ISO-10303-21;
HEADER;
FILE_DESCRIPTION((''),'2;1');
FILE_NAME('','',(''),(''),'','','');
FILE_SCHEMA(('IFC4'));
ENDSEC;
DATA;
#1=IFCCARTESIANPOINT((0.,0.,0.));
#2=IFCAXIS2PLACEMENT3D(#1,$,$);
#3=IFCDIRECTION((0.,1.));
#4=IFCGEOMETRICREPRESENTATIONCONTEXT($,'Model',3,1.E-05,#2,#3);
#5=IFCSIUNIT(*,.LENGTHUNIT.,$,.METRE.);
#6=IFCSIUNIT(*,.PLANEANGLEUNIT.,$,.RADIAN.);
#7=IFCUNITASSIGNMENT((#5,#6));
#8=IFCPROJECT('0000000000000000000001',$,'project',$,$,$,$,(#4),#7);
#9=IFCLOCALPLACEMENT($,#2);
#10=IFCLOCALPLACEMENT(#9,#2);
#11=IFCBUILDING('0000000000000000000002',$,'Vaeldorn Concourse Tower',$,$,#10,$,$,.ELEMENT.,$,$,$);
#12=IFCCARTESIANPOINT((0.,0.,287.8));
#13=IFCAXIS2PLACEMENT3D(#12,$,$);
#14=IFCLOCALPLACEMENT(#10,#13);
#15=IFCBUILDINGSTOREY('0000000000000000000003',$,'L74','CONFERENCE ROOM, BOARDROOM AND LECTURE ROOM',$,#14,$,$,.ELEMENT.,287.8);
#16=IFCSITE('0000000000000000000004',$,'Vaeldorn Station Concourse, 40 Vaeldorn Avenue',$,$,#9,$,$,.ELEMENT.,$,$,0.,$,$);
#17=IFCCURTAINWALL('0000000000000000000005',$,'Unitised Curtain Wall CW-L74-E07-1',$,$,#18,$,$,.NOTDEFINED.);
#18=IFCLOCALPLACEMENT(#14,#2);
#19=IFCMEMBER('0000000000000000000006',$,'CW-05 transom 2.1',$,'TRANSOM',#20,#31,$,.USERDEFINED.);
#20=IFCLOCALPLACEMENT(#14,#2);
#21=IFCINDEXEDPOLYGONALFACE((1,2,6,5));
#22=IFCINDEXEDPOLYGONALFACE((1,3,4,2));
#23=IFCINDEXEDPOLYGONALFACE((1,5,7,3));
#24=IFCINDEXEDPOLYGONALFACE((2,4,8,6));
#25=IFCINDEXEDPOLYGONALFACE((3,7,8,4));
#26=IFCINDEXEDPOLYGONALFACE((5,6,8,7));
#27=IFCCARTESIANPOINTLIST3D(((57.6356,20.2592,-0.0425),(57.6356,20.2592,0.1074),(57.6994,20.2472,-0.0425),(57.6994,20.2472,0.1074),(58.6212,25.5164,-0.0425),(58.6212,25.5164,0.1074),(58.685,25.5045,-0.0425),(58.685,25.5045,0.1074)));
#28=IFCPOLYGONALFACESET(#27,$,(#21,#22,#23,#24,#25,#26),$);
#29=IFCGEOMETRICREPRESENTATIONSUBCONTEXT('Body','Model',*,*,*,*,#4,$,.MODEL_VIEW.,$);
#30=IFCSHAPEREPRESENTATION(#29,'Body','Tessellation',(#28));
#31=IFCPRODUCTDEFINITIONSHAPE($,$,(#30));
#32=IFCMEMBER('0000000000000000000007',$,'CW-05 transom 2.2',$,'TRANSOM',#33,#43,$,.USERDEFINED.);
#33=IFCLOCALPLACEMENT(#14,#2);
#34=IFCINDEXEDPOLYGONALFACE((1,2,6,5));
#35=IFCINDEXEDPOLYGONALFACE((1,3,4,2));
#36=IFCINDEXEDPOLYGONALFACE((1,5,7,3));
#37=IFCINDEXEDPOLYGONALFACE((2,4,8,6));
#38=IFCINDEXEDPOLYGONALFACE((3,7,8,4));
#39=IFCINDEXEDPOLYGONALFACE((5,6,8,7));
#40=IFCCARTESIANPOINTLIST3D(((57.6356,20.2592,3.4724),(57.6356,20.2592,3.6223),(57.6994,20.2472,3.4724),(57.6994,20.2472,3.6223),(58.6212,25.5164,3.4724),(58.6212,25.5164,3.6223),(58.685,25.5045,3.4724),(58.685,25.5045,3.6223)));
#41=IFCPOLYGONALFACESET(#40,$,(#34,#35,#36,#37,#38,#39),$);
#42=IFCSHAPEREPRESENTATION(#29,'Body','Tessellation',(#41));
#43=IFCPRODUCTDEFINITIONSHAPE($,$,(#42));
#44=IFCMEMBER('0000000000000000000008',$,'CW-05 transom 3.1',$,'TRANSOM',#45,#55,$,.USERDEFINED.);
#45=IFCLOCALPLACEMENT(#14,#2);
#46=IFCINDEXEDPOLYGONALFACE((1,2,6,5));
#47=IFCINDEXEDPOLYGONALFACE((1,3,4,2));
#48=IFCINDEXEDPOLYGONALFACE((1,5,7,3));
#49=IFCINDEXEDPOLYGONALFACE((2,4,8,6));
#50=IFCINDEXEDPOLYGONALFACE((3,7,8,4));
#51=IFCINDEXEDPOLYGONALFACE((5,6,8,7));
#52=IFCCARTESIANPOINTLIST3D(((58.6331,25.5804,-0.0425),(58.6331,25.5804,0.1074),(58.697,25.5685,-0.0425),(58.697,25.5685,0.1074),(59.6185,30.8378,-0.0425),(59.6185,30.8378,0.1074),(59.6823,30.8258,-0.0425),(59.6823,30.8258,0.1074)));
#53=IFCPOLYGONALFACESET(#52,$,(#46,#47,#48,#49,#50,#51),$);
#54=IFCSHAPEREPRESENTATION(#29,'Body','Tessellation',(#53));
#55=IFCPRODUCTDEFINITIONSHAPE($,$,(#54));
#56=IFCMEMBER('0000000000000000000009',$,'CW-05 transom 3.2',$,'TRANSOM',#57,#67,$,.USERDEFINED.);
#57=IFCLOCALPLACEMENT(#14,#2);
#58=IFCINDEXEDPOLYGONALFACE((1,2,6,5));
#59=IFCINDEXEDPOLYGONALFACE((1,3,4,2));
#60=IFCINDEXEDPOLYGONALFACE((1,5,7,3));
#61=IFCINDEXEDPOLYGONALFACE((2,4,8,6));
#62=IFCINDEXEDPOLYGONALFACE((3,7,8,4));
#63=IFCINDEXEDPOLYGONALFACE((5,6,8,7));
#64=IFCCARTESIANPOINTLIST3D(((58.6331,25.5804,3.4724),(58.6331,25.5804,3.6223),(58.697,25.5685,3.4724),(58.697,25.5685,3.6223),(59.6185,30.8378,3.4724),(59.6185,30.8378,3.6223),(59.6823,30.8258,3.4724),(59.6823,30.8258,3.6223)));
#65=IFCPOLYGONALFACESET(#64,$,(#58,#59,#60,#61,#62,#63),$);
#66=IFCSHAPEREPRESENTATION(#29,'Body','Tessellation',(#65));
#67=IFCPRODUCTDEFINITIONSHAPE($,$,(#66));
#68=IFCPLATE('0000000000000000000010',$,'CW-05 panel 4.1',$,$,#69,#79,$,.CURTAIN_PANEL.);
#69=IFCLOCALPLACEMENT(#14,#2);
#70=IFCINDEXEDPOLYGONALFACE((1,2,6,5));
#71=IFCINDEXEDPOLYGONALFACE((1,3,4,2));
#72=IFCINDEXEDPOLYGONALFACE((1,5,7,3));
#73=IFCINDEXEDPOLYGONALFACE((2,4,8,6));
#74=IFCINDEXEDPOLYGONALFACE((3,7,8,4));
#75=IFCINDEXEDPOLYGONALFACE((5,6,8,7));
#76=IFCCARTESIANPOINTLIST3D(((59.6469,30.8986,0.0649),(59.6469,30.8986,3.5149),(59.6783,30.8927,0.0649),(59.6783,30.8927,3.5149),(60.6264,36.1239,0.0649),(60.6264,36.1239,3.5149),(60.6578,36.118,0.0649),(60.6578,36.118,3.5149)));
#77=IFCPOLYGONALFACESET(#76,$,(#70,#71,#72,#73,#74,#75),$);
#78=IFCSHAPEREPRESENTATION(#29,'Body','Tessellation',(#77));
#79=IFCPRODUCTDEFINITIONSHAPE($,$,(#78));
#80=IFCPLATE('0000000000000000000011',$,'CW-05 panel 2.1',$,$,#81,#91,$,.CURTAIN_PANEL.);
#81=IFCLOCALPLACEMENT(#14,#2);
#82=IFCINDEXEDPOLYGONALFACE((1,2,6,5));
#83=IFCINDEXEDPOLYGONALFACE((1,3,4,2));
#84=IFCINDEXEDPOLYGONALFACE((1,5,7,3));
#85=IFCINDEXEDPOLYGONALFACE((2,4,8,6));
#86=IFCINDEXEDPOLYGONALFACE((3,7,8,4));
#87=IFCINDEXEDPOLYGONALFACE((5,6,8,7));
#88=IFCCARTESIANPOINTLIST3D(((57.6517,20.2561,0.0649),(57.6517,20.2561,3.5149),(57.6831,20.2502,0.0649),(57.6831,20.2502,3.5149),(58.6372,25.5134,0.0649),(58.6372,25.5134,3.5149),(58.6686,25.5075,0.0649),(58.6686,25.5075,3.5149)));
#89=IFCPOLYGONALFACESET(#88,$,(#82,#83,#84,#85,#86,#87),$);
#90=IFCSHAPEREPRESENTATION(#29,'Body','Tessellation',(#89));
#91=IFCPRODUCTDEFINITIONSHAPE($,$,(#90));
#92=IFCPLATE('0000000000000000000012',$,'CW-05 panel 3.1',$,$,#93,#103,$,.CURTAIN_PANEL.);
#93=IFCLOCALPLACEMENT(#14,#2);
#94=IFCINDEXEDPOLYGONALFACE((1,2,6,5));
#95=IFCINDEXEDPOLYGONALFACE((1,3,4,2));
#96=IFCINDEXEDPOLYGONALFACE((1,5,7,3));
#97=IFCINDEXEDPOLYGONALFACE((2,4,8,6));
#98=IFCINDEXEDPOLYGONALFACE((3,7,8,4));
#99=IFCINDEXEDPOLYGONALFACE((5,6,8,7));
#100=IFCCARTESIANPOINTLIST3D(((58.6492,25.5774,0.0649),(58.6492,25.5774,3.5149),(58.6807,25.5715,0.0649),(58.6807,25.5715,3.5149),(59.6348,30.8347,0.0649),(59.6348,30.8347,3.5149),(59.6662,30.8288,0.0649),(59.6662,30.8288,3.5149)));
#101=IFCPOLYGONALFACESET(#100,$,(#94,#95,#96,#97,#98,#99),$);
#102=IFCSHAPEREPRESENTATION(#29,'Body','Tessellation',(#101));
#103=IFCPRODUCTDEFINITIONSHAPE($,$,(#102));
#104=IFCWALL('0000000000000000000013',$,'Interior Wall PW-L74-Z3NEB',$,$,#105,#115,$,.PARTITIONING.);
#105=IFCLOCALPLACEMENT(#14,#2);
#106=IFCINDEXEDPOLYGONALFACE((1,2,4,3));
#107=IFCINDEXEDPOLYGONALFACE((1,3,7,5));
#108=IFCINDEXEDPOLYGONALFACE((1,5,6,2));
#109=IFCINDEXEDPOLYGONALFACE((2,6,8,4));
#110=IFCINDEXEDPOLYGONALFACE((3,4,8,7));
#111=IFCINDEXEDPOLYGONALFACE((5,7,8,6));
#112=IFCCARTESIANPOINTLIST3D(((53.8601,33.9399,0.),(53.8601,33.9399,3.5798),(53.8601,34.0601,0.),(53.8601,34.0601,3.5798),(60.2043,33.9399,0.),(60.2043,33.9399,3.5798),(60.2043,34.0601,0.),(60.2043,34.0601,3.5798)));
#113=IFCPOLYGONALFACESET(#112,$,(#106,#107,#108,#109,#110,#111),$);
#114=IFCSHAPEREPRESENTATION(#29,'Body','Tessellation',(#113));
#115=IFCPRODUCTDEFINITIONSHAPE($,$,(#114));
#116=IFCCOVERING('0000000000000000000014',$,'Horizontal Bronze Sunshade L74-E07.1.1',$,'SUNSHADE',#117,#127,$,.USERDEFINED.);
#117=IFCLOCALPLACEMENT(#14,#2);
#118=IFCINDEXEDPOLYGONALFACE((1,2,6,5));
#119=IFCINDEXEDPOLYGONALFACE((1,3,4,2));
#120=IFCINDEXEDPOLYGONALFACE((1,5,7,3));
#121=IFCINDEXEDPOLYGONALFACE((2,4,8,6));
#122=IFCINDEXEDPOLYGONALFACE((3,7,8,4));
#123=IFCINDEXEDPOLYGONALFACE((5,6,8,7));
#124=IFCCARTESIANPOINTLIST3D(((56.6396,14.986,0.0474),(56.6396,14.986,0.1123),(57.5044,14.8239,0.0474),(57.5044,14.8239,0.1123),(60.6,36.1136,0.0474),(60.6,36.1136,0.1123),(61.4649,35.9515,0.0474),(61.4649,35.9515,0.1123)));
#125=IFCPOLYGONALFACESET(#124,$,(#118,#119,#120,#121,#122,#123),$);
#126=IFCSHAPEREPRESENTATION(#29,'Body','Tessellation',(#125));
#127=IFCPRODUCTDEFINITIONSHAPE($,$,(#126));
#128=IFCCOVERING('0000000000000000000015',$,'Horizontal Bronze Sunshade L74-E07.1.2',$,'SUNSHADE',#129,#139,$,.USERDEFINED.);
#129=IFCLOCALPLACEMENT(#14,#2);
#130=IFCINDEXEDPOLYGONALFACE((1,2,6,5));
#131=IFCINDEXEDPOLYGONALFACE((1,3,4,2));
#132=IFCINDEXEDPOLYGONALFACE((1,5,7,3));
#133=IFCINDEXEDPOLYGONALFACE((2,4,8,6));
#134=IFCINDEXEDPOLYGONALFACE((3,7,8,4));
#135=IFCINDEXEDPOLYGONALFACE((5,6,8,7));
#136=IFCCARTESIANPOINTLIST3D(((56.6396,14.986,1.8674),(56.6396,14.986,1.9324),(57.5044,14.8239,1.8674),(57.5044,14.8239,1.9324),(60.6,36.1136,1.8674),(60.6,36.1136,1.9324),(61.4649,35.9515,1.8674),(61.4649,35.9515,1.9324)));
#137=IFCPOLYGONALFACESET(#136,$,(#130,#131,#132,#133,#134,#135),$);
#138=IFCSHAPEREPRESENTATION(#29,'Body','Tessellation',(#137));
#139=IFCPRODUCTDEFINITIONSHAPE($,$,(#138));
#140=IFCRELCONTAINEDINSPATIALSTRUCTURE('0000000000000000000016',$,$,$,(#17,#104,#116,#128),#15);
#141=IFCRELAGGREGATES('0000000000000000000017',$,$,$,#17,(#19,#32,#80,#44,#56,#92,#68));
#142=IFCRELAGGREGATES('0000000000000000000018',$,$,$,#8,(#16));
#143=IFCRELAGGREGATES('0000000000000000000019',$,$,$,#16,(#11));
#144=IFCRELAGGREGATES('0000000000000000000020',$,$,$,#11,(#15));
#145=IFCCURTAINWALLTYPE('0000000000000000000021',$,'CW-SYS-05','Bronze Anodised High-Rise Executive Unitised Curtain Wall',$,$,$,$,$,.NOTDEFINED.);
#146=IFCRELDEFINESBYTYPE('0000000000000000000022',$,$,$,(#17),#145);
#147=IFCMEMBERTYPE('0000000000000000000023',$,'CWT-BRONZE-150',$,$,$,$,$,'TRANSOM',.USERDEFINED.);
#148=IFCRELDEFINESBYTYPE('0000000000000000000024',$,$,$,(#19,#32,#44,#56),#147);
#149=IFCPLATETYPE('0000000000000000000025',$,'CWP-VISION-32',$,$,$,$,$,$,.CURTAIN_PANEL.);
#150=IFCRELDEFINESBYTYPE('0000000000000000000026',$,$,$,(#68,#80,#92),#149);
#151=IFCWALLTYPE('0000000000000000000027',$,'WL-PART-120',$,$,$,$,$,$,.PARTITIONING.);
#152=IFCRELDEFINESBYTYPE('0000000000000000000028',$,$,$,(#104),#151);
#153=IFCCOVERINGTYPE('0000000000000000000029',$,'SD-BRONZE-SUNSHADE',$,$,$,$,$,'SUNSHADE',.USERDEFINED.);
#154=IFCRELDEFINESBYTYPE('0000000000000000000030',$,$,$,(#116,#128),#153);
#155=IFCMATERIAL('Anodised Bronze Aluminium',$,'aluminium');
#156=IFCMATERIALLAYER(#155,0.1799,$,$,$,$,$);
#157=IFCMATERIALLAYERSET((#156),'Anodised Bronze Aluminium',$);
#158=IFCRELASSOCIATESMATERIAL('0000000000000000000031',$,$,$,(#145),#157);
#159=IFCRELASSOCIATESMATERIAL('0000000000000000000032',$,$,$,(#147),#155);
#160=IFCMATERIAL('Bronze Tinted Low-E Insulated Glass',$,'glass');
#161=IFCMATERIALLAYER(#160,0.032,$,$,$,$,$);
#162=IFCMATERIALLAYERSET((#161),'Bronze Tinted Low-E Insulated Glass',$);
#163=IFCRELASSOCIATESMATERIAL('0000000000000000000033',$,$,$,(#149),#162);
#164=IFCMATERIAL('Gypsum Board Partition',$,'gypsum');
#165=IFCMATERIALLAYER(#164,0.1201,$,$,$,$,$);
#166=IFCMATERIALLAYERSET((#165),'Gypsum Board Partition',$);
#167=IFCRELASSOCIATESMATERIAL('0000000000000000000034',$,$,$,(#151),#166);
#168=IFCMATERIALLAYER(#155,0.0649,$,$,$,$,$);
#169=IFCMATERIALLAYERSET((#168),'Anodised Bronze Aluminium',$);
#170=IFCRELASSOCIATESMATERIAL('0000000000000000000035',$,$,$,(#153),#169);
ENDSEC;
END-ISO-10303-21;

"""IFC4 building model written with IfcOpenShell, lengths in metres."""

from ifc_helpers import new_model, si_unit, direction, frame, frame_2d, origin, origin_2d, place, context, subcontext, project, spatial, rectangle, extrude, source, transform, mapped, material, layer, layer_set, material_profile, profile_set, type_object, element, aggregate, save


model = new_model("IFC4")

# Units and contexts
model_context = context("Model", 3, precision=1e-05, world=origin(), true_north=direction((0.0, 1.0)))
body_context = subcontext(model_context, "Body", "Model", "MODEL_VIEW")
ifc_project = project(units=[si_unit("LENGTHUNIT", "METRE"), si_unit("PLANEANGLEUNIT", "RADIAN")], contexts=[model_context])

# Site, building, storey
site_placement = place(None, origin())
site = spatial("IfcSite", under=ifc_project, at=site_placement, Name="Vaeldorn Station Concourse, 40 Vaeldorn Avenue", CompositionType="ELEMENT", RefElevation=0.0)
building_placement = place(site_placement, origin())
building = spatial("IfcBuilding", under=site, at=building_placement, Name="Vaeldorn Concourse Tower", CompositionType="ELEMENT")
storey_placement = place(building_placement, frame((0.0, 0.0, 287.8)))
storey = spatial("IfcBuildingStorey", under=building, at=storey_placement, Name="L74", Description="CONFERENCE ROOM, BOARDROOM AND LECTURE ROOM", CompositionType="ELEMENT", Elevation=287.8)

# Curtain wall, members, plates
ifc_material_1 = material(Name="Anodised Bronze Aluminium", Category="aluminium")
ifc_layer_1 = layer(ifc_material_1, 0.1799)
ifc_layer_set_1 = layer_set([ifc_layer_1], Name="Anodised Bronze Aluminium")
curtain_wall_type = type_object("IfcCurtainWallType", Name="CW-SYS-05", Description="Bronze Anodised High-Rise Executive Unitised Curtain Wall", PredefinedType="NOTDEFINED", material=ifc_layer_set_1)
curtain_wall_placement = place(storey_placement, origin())
curtain_wall = element("IfcCurtainWall", 1, at=curtain_wall_placement, inside=storey, type_object=curtain_wall_type, Name="Unitised Curtain Wall CW-L74-E07-1", PredefinedType="NOTDEFINED")
ifc_material_profile_1 = material_profile(ifc_material_1, rectangle(XDim=0.0649, YDim=0.1499, at=origin_2d()), Name="CWT 65x150")
ifc_profile_set_1 = profile_set([ifc_material_profile_1], Name="Anodised Bronze Aluminium")
member_type_1 = type_object("IfcMemberType", Name="CWT-BRONZE-150", ElementType="TRANSOM", PredefinedType="USERDEFINED", material=ifc_profile_set_1)
shared_shape_1 = source(origin(), body_context, "Body", "SweptSolid", [
    extrude(rectangle(XDim=0.0649, YDim=0.1499, at=origin_2d()), origin(), (0.0, 0.0, 1.0), 5.3489),
])
member_1_placement = place(storey_placement, frame((57.6675, 20.2532, 0.0325), z_axis=(0.184261, 0.982877, 0.0), x_axis=(-0.982877, 0.184261, 0.0)))
member_1 = element("IfcMember", 2, at=member_1_placement, type_object=member_type_1, Name="CW-05 transom 2.1", ObjectType="TRANSOM", PredefinedType="USERDEFINED", context=body_context, shape_type="MappedRepresentation", body=[
    mapped(shared_shape_1, transform((0.0, 0.0, 0.0), scale=1.0)),
])
member_2_placement = place(storey_placement, frame((57.6675, 20.2532, 3.5474), z_axis=(0.184261, 0.982877, 0.0), x_axis=(-0.982877, 0.184261, 0.0)))
member_2 = element("IfcMember", 3, at=member_2_placement, type_object=member_type_1, Name="CW-05 transom 2.2", ObjectType="TRANSOM", PredefinedType="USERDEFINED", context=body_context, shape_type="MappedRepresentation", body=[
    mapped(shared_shape_1, transform((0.0, 0.0, 0.0), scale=1.0)),
])
member_3_placement = place(storey_placement, frame((58.665, 25.5745, 0.0325), z_axis=(0.184217, 0.982886, 0.0), x_axis=(-0.982886, 0.184217, 0.0)))
member_3 = element("IfcMember", 4, at=member_3_placement, type_object=member_type_1, Name="CW-05 transom 3.1", ObjectType="TRANSOM", PredefinedType="USERDEFINED", context=body_context, shape_type="MappedRepresentation", body=[
    mapped(shared_shape_1, transform((0.0, 0.0, 0.0), scale=1.0)),
])
member_4_placement = place(storey_placement, frame((58.665, 25.5745, 3.5474), z_axis=(0.184217, 0.982886, 0.0), x_axis=(-0.982886, 0.184217, 0.0)))
member_4 = element("IfcMember", 5, at=member_4_placement, type_object=member_type_1, Name="CW-05 transom 3.2", ObjectType="TRANSOM", PredefinedType="USERDEFINED", context=body_context, shape_type="MappedRepresentation", body=[
    mapped(shared_shape_1, transform((0.0, 0.0, 0.0), scale=1.0)),
])
ifc_material_2 = material(Name="Bronze Tinted Low-E Insulated Glass", Category="glass")
ifc_layer_2 = layer(ifc_material_2, 0.032)
ifc_layer_set_2 = layer_set([ifc_layer_2], Name="Bronze Tinted Low-E Insulated Glass")
plate_type = type_object("IfcPlateType", Name="CWP-VISION-32", PredefinedType="CURTAIN_PANEL", material=ifc_layer_set_2)
shared_shape_2 = source(origin(), body_context, "Body", "SweptSolid", [
    extrude(rectangle(XDim=5.3164, YDim=0.032, at=origin_2d()), origin(), (0.0, 0.0, 1.0), 3.45),
])
plate_1_placement = place(storey_placement, frame((60.1523, 33.5083, 0.0649), z_axis=(0.0, 0.0, 1.0), x_axis=(0.184247, 0.98288, 0.0)))
plate_1 = element("IfcPlate", 6, at=plate_1_placement, type_object=plate_type, Name="CW-05 panel 4.1", PredefinedType="CURTAIN_PANEL", context=body_context, shape_type="MappedRepresentation", body=[
    mapped(shared_shape_2, transform((0.0, 0.0, 0.0), scale=1.0)),
])
shared_shape_3 = source(origin(), body_context, "Body", "SweptSolid", [
    extrude(rectangle(XDim=5.3489, YDim=0.032, at=origin_2d()), origin(), (0.0, 0.0, 1.0), 3.45),
])
plate_2_placement = place(storey_placement, frame((58.1602, 22.8818, 0.0649), z_axis=(0.0, 0.0, 1.0), x_axis=(0.184247, 0.98288, 0.0)))
plate_2 = element("IfcPlate", 7, at=plate_2_placement, type_object=plate_type, Name="CW-05 panel 2.1", PredefinedType="CURTAIN_PANEL", context=body_context, shape_type="MappedRepresentation", body=[
    mapped(shared_shape_3, transform((0.0, 0.0, 0.0), scale=1.0)),
])
plate_3_placement = place(storey_placement, frame((59.1577, 28.2031, 0.0649), z_axis=(0.0, 0.0, 1.0), x_axis=(0.184247, 0.98288, 0.0)))
plate_3 = element("IfcPlate", 8, at=plate_3_placement, type_object=plate_type, Name="CW-05 panel 3.1", PredefinedType="CURTAIN_PANEL", context=body_context, shape_type="MappedRepresentation", body=[
    mapped(shared_shape_3, transform((0.0, 0.0, 0.0), scale=1.0)),
])
aggregate(curtain_wall, [member_1, member_2, plate_2, member_3, member_4, plate_3, plate_1])

# Shared definitions
ifc_material_3 = material(Name="Gypsum Board Partition", Category="gypsum")
ifc_layer_3 = layer(ifc_material_3, 0.1201)
ifc_layer_set_3 = layer_set([ifc_layer_3], Name="Gypsum Board Partition")
wall_type = type_object("IfcWallType", Name="WL-PART-120", PredefinedType="PARTITIONING", material=ifc_layer_set_3)

# Wall
wall_1_placement = place(storey_placement, frame((53.8601, 34.0, 0.0), z_axis=(0.0, 0.0, 1.0), x_axis=(1.0, 0.0, 0.0)))
element("IfcWall", 9, at=wall_1_placement, inside=storey, type_object=wall_type, Name="Interior Wall PW-L74-Z3NEB", PredefinedType="PARTITIONING", context=body_context, shape_type="SweptSolid", body=[
    extrude(rectangle(XDim=6.3442, YDim=0.1201, at=frame_2d((3.1721, 0.0))), origin(), (0.0, 0.0, 1.0), 3.5798),
])

# Coverings
ifc_layer_4 = layer(ifc_material_1, 0.0649)
ifc_layer_set_4 = layer_set([ifc_layer_4], Name="Anodised Bronze Aluminium")
covering_type = type_object("IfcCoveringType", Name="SD-BRONZE-SUNSHADE", ElementType="SUNSHADE", PredefinedType="USERDEFINED", material=ifc_layer_set_4)
shared_shape_4 = source(origin(), body_context, "Body", "SweptSolid", [
    extrude(rectangle(XDim=21.4956, YDim=0.8799, at=origin_2d()), origin(), (0.0, 0.0, 1.0), 0.0649),
])
for number, where, z_axis, x_axis, name in (
    (10, (59.0522, 25.4688, 0.0474), (0.0, 0.0, 1.0), (0.184243, 0.982881, 0.0), "Horizontal Bronze Sunshade L74-E07.1.1"),
    (11, (59.0522, 25.4688, 1.8674), (0.0, 0.0, 1.0), (0.184243, 0.982881, 0.0), "Horizontal Bronze Sunshade L74-E07.1.2"),
):
    element("IfcCovering", number, at=place(storey_placement, frame(where, z_axis=z_axis, x_axis=x_axis)), inside=storey, type_object=covering_type, Name=name, ObjectType="SUNSHADE", PredefinedType="USERDEFINED", context=body_context, shape_type="MappedRepresentation", body=[
        mapped(shared_shape_4, transform((0.0, 0.0, 0.0), scale=1.0)),
    ])

save(model, "model.ifc")
